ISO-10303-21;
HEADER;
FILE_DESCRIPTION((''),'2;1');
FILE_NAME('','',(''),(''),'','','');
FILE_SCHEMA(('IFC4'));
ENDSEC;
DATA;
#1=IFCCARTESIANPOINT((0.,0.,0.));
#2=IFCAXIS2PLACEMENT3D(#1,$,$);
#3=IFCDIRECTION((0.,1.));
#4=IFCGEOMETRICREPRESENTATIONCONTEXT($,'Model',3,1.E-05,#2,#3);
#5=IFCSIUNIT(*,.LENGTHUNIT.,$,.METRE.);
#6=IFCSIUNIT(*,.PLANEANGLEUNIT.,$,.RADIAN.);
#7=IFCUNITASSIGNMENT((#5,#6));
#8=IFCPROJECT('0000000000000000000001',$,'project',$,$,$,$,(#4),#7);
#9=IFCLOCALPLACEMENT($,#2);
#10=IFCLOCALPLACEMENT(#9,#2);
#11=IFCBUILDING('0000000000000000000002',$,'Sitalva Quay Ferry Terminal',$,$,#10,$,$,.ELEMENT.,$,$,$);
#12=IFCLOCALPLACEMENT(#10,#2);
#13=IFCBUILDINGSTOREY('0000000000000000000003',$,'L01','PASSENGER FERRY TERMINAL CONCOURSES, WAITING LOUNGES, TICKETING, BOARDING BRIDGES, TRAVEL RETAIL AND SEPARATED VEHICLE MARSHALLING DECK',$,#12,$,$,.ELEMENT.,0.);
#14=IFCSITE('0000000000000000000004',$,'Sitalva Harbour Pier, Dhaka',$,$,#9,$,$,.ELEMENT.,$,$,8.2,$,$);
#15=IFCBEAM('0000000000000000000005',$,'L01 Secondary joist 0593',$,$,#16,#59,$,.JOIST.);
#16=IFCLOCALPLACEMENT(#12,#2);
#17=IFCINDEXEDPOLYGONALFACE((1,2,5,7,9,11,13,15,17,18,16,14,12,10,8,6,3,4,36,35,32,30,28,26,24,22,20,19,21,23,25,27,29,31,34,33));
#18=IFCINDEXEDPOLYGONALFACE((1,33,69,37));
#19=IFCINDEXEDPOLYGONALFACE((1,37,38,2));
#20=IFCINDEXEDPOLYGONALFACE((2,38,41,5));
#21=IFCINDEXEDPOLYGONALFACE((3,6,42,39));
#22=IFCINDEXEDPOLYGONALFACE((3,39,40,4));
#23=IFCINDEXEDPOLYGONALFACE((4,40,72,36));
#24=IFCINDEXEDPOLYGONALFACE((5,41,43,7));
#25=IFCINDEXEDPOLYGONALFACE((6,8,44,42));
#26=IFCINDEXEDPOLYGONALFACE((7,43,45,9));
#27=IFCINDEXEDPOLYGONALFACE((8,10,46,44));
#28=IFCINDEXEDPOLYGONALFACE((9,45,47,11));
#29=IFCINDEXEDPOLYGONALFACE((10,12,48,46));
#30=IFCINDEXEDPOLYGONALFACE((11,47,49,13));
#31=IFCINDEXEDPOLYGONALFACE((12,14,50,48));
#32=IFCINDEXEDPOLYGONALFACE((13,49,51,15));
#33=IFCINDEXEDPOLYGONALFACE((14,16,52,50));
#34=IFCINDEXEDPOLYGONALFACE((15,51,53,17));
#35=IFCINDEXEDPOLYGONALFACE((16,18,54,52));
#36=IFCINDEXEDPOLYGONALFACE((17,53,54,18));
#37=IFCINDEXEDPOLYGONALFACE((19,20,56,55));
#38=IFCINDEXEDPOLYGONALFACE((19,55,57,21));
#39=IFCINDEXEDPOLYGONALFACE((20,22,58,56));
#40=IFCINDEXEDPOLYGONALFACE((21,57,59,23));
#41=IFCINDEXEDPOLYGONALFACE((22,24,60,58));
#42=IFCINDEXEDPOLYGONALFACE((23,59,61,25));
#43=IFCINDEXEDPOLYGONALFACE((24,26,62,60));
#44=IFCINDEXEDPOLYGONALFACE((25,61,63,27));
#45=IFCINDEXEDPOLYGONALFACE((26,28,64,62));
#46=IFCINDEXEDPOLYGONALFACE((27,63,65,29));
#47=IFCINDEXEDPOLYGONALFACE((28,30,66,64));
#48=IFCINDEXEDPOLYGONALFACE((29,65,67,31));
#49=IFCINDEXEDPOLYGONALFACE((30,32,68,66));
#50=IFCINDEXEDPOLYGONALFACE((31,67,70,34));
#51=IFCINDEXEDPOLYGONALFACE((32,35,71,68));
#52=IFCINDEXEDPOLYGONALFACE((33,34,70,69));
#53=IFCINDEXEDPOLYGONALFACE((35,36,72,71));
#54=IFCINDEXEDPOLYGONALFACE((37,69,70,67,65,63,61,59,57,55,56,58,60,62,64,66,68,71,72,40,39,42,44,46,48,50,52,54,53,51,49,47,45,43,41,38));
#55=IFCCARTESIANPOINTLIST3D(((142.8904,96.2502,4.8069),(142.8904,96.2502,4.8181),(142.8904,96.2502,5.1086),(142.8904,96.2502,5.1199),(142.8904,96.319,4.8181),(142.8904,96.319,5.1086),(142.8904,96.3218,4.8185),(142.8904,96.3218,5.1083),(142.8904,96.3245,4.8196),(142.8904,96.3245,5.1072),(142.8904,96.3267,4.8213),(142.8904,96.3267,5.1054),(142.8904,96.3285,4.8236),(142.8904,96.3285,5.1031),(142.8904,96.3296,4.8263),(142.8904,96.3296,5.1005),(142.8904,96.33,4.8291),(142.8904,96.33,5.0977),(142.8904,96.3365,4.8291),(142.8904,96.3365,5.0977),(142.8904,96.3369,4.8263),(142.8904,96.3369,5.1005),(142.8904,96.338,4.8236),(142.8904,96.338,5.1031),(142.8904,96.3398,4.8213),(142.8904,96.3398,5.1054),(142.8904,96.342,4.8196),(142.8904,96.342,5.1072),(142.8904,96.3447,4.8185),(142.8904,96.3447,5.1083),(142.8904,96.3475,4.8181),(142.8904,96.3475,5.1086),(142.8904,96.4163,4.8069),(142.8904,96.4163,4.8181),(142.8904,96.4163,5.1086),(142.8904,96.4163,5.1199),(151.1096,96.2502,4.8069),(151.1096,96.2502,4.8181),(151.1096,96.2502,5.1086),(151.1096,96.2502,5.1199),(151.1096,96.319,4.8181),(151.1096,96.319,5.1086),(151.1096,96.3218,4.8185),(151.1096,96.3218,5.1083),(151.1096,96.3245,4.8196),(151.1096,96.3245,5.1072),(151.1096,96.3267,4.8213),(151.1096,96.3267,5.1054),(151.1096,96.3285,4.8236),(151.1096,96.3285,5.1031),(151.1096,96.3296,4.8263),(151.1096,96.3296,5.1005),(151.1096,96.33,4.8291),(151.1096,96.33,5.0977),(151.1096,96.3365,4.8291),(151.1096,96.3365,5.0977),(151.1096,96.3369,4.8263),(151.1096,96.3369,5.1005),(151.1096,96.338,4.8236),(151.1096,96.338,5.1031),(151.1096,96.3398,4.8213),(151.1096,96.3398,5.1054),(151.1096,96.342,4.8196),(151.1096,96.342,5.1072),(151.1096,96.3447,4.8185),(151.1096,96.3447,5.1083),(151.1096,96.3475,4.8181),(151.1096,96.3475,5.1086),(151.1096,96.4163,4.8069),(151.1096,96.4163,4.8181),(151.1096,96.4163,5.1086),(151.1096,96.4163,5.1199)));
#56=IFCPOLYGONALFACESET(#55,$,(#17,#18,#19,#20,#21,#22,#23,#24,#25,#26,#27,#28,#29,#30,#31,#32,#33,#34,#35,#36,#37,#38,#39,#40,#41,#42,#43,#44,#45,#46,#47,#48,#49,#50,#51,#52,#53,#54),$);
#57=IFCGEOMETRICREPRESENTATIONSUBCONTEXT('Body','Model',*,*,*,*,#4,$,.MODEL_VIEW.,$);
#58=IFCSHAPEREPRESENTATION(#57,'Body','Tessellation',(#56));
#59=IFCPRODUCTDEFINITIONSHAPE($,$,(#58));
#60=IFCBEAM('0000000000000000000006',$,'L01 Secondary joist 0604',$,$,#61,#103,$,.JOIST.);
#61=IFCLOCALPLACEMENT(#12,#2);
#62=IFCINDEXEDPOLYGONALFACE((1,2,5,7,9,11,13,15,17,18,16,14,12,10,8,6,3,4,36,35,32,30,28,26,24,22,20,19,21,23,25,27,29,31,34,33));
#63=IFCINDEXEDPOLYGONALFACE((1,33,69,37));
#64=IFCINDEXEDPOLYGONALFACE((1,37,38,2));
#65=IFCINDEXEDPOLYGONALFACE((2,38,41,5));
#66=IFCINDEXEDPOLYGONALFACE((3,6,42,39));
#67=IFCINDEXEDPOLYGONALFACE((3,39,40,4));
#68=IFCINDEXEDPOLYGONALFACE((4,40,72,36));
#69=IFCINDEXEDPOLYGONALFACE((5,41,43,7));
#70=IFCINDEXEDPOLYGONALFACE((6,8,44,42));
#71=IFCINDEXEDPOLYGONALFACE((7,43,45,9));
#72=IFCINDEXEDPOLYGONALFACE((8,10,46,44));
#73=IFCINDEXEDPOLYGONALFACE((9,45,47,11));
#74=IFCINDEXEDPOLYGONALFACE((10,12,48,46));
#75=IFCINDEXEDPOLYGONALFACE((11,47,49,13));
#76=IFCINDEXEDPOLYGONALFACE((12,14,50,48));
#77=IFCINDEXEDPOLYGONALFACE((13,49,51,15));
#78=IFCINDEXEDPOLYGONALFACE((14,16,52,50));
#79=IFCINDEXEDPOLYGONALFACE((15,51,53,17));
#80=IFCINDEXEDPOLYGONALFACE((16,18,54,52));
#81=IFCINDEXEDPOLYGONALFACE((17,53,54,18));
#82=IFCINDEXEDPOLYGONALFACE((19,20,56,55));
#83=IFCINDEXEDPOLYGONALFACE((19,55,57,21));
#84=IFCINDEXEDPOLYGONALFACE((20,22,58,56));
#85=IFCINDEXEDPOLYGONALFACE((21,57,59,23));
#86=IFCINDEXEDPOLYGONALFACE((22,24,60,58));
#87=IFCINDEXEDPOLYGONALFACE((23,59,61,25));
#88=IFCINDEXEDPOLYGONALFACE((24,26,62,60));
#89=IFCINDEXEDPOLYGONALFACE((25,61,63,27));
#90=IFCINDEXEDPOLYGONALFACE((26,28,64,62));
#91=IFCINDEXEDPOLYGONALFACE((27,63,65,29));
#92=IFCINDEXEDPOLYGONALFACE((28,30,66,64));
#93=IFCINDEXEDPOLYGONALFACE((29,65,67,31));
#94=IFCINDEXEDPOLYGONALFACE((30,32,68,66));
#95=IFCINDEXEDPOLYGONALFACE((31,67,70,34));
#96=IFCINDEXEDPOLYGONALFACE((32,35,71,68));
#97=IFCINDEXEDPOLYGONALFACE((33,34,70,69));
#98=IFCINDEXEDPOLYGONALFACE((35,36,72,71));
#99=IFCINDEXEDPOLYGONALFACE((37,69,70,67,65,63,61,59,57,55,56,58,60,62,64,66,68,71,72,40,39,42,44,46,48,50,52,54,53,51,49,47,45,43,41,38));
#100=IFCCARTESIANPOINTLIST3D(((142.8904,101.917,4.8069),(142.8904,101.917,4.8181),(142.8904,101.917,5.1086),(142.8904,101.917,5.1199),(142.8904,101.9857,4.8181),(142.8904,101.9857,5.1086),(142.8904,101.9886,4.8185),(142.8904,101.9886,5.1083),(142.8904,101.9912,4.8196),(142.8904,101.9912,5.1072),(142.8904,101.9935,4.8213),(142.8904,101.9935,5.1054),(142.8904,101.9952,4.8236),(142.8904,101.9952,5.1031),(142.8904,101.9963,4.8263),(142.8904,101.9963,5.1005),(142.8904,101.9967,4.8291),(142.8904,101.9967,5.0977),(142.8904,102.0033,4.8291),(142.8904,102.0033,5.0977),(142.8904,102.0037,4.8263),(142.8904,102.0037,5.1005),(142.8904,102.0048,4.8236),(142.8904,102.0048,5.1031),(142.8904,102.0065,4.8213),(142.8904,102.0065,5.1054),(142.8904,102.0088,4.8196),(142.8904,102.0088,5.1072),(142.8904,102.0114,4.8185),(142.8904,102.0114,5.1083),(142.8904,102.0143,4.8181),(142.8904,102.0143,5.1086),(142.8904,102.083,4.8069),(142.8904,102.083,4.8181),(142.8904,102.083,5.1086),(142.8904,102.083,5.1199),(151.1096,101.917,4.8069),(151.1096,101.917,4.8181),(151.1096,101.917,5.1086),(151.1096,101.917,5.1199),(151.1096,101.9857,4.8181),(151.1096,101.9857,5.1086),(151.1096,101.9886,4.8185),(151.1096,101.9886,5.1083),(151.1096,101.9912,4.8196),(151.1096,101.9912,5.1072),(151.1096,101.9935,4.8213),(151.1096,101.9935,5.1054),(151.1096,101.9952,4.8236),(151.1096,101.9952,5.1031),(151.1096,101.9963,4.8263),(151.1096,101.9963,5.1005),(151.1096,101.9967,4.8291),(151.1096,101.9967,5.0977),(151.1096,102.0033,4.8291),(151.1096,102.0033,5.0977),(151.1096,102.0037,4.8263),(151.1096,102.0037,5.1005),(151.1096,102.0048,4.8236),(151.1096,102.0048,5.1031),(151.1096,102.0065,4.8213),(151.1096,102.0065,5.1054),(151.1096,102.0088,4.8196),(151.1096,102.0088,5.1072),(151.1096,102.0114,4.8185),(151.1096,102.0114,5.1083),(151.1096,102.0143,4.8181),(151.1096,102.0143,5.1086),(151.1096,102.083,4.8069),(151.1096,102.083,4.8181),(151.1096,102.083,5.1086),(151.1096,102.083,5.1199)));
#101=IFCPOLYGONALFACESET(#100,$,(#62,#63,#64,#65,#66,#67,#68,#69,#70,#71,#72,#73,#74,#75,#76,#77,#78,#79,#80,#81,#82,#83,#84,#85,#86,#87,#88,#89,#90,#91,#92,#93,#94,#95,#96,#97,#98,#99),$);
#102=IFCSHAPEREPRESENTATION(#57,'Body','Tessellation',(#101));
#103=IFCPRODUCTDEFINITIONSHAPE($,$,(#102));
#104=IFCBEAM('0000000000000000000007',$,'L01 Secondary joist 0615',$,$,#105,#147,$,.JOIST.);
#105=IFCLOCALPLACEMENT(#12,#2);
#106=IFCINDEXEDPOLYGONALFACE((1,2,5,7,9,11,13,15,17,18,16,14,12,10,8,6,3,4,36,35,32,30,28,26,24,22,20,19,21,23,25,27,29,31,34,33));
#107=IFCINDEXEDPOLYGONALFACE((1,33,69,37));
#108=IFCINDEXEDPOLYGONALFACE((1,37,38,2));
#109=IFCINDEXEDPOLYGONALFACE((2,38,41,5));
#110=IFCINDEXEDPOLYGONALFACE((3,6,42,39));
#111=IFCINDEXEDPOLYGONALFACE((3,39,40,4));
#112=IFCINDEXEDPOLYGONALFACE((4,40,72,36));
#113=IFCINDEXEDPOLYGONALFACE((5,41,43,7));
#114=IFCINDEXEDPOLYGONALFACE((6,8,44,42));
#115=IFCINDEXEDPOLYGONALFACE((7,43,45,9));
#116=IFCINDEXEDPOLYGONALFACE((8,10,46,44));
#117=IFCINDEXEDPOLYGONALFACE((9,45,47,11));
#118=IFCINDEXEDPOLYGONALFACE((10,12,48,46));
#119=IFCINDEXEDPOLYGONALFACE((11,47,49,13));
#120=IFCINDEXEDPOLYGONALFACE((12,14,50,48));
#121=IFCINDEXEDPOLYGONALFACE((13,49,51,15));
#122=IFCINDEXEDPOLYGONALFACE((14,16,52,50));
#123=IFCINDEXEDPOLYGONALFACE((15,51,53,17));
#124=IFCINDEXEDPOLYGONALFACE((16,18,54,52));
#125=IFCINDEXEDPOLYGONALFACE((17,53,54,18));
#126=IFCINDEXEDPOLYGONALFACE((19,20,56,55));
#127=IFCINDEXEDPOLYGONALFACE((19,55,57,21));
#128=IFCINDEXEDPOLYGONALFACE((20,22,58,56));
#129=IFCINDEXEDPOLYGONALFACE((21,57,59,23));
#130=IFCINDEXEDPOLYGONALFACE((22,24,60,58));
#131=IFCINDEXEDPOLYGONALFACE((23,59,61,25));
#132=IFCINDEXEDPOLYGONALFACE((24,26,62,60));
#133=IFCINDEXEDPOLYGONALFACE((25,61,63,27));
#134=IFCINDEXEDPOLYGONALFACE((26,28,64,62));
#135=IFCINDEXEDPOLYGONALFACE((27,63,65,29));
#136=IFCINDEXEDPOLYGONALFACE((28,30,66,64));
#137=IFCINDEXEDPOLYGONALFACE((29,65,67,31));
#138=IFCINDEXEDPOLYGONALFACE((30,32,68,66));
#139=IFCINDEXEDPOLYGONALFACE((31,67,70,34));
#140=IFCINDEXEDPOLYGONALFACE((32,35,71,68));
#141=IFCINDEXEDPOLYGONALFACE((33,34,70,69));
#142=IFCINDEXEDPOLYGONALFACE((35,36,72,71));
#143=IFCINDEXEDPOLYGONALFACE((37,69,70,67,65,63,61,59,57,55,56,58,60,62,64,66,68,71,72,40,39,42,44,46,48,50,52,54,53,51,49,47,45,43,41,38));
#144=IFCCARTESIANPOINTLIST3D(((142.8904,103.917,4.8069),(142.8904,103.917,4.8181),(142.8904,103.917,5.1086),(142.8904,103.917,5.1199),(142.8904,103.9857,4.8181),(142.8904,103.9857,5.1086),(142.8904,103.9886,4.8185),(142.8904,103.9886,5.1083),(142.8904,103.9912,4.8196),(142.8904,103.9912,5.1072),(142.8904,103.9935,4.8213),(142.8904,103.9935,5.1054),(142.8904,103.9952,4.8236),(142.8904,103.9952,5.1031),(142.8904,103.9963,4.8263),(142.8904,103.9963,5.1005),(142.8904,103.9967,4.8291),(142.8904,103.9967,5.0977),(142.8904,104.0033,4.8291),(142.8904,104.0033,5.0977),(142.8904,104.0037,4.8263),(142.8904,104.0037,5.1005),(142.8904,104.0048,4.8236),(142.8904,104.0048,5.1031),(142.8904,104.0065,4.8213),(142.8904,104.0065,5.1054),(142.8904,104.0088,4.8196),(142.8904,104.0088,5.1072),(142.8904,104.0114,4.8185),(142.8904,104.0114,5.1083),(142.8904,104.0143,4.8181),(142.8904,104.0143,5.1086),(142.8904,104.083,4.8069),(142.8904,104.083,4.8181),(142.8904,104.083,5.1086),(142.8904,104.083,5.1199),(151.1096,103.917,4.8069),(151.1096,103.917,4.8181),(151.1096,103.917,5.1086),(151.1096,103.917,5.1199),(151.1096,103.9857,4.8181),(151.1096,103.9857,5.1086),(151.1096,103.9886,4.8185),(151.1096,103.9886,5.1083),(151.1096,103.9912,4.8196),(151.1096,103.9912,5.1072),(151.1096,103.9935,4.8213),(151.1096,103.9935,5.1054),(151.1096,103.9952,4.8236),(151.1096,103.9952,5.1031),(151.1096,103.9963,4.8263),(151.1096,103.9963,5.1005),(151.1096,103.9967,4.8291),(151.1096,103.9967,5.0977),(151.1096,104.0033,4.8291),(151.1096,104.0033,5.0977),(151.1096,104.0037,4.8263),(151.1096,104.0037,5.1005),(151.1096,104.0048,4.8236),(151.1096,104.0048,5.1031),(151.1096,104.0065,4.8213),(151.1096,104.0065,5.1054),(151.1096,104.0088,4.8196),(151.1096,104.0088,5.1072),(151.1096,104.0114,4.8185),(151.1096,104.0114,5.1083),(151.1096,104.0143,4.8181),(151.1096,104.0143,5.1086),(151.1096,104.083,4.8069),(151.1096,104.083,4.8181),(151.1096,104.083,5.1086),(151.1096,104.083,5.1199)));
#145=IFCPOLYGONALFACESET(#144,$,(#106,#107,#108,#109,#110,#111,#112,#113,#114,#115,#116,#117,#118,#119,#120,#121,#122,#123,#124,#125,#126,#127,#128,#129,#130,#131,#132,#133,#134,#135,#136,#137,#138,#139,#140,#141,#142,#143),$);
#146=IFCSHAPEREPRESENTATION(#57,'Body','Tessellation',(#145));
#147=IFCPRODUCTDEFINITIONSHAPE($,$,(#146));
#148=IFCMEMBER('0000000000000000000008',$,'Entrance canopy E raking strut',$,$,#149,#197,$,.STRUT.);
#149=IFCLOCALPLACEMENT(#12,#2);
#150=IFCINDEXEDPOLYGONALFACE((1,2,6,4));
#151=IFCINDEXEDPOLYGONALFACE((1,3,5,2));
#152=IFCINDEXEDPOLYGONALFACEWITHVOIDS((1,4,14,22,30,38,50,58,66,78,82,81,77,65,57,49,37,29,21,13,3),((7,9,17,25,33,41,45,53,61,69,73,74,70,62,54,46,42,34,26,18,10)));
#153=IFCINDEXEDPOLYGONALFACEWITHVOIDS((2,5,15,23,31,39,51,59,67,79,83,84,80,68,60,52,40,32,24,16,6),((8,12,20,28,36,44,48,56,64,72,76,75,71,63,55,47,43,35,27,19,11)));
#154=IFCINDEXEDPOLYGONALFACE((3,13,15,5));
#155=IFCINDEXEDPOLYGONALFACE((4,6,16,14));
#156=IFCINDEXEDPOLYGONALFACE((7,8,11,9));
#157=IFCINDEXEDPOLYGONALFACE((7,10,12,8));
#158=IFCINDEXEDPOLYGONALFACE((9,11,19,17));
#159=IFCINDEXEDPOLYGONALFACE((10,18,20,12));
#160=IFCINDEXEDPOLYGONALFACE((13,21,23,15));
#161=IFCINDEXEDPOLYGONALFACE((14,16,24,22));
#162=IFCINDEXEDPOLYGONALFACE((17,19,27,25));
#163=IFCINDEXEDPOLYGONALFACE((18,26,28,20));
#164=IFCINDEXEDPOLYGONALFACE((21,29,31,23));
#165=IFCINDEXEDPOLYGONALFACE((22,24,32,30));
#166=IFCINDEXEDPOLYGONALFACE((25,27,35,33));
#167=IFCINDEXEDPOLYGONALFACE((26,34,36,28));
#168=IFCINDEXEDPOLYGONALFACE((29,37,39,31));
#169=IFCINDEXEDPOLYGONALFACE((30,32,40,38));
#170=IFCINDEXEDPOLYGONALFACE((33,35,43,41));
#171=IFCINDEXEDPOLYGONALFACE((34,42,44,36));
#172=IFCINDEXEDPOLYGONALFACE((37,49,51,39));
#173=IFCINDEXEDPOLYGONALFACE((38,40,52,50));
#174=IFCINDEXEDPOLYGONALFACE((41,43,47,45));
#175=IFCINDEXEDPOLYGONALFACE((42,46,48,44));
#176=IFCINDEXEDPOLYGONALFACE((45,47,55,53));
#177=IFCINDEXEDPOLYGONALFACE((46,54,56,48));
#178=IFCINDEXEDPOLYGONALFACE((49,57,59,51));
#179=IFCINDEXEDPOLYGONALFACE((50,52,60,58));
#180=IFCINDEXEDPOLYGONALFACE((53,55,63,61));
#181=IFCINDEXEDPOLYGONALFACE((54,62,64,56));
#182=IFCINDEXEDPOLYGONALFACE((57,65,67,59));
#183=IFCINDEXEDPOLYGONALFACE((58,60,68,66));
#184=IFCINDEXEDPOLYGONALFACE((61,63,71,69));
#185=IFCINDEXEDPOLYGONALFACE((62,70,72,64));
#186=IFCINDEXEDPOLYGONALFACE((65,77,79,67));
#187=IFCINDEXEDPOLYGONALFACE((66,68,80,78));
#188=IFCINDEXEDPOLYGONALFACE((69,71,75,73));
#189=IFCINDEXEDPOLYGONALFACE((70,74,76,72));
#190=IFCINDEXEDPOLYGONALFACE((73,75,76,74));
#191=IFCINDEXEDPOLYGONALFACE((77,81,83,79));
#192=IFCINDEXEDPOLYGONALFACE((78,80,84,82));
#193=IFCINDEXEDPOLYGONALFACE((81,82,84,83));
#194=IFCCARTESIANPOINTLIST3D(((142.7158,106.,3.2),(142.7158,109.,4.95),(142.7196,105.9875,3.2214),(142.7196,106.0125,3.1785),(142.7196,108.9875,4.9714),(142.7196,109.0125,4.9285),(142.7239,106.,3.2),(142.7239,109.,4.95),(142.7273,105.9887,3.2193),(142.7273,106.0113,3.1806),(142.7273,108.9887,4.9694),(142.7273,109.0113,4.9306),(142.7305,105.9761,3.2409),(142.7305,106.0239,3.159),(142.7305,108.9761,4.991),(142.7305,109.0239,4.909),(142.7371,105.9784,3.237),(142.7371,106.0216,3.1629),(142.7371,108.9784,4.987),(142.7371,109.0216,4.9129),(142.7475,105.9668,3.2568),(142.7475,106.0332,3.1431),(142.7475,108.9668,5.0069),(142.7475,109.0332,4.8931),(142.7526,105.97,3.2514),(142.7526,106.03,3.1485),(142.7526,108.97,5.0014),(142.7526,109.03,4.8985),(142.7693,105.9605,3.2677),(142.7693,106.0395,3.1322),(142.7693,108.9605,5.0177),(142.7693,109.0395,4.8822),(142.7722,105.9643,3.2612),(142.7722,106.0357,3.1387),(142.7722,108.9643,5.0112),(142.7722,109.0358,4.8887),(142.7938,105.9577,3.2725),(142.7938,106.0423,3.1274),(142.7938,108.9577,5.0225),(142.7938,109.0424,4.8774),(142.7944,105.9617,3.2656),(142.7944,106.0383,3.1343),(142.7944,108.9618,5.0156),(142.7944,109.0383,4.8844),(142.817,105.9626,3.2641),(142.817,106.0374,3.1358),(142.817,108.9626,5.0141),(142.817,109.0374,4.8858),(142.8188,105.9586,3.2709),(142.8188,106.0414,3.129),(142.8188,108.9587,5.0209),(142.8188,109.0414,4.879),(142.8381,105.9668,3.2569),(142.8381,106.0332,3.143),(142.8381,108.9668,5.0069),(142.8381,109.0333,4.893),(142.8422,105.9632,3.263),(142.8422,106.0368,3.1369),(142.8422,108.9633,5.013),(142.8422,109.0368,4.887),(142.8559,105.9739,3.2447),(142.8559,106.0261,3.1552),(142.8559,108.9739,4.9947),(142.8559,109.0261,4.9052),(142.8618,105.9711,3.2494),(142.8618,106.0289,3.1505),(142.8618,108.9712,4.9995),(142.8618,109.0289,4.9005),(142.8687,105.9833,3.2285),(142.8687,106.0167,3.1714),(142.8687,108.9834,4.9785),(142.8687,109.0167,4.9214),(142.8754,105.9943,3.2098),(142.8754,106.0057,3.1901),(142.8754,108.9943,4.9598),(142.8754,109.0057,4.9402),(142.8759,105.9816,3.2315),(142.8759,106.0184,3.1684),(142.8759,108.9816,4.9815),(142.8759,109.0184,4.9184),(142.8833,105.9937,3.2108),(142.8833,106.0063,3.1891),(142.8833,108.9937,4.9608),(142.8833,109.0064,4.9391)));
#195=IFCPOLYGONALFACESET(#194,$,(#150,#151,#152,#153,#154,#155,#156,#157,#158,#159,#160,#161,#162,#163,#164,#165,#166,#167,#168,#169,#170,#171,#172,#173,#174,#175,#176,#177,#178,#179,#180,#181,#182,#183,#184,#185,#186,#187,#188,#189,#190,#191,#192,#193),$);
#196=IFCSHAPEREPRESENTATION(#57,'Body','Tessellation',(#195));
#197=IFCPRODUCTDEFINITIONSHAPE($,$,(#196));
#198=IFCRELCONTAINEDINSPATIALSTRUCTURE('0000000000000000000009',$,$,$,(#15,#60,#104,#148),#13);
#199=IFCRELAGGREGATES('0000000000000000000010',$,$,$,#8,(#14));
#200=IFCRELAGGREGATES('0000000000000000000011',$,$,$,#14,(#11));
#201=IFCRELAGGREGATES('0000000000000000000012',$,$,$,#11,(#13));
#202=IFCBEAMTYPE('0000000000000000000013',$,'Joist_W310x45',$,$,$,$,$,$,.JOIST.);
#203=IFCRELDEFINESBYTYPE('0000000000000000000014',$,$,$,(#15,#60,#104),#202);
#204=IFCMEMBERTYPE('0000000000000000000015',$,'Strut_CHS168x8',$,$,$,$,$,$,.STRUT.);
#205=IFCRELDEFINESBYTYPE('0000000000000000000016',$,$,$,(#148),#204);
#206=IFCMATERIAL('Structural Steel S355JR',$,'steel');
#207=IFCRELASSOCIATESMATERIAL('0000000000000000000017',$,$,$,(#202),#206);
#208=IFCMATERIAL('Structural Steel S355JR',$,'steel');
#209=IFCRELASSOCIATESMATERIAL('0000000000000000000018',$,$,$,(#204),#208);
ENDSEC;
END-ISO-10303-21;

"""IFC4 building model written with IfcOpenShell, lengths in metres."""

from ifc_helpers import new_model, si_unit, direction, frame, origin, origin_2d, place, context, subcontext, project, spatial, hollow_circle, i_section, extrude, material, material_profile, profile_set, type_object, element, save


model = new_model("IFC4")

# Units and contexts
model_context = context("Model", 3, precision=1e-05, world=origin(), true_north=direction((0.0, 1.0)))
body_context = subcontext(model_context, "Body", "Model", "MODEL_VIEW")
ifc_project = project(units=[si_unit("LENGTHUNIT", "METRE"), si_unit("PLANEANGLEUNIT", "RADIAN")], contexts=[model_context])

# Site, building, storey
site_placement = place(None, origin())
site = spatial("IfcSite", under=ifc_project, at=site_placement, Name="Sitalva Harbour Pier, Dhaka", CompositionType="ELEMENT", RefElevation=8.2)
building_placement = place(site_placement, origin())
building = spatial("IfcBuilding", under=site, at=building_placement, Name="Sitalva Quay Ferry Terminal", CompositionType="ELEMENT")
storey_placement = place(building_placement, origin())
storey = spatial("IfcBuildingStorey", under=building, at=storey_placement, Name="L01", Description="PASSENGER FERRY TERMINAL CONCOURSES, WAITING LOUNGES, TICKETING, BOARDING BRIDGES, TRAVEL RETAIL AND SEPARATED VEHICLE MARSHALLING DECK", CompositionType="ELEMENT", Elevation=0.0)

# Beams
ifc_material_1 = material(Name="Structural Steel S355JR", Category="steel")
ifc_material_profile_1 = material_profile(ifc_material_1, i_section(OverallWidth=0.166, OverallDepth=0.313, WebThickness=0.0066, FlangeThickness=0.0112, FilletRadius=0.011, at=origin_2d()), Name="W310x45")
ifc_profile_set_1 = profile_set([ifc_material_profile_1], Name="Structural Steel S355JR")
beam_type_1 = type_object("IfcBeamType", Name="Joist_W310x45", PredefinedType="JOIST", material=ifc_profile_set_1)
for number, where, z_axis, x_axis, name in (
    (1, (142.8904, 96.3333, 4.9634), (1.0, 0.0, 0.0), (0.0, 1.0, 0.0), "L01 Secondary joist 0593"),
    (2, (142.8904, 102.0, 4.9634), (1.0, 0.0, 0.0), (0.0, 1.0, 0.0), "L01 Secondary joist 0604"),
    (3, (142.8904, 104.0, 4.9634), (1.0, 0.0, 0.0), (0.0, 1.0, 0.0), "L01 Secondary joist 0615"),
):
    element("IfcBeam", number, at=place(storey_placement, frame(where, z_axis=z_axis, x_axis=x_axis)), inside=storey, type_object=beam_type_1, Name=name, PredefinedType="JOIST", context=body_context, shape_type="SweptSolid", body=[
        extrude(i_section(OverallWidth=0.166, OverallDepth=0.313, WebThickness=0.0066, FlangeThickness=0.0112, FilletRadius=0.011, at=origin_2d()), origin(), (0.0, 0.0, 1.0), 8.2192),
    ])

# Member
ifc_material_2 = material(Name="Structural Steel S355JR", Category="steel")
ifc_material_profile_2 = material_profile(ifc_material_2, hollow_circle(Radius=0.0842, WallThickness=0.0081, at=origin_2d()), Name="CHS168x8")
ifc_profile_set_2 = profile_set([ifc_material_profile_2], Name="Structural Steel S355JR")
member_type = type_object("IfcMemberType", Name="Strut_CHS168x8", PredefinedType="STRUT", material=ifc_profile_set_2)
member_placement = place(storey_placement, frame((142.8, 106.0, 3.2), z_axis=(0.0, 0.863779, 0.503871), x_axis=(-1.0, 0.0, 0.0)))
element("IfcMember", 4, at=member_placement, inside=storey, type_object=member_type, Name="Entrance canopy E raking strut", PredefinedType="STRUT", context=body_context, shape_type="SweptSolid", body=[
    extrude(hollow_circle(Radius=0.0842, WallThickness=0.0081, at=origin_2d()), origin(), (0.0, 0.0, 1.0), 3.4731),
])

save(model, "model.ifc")
